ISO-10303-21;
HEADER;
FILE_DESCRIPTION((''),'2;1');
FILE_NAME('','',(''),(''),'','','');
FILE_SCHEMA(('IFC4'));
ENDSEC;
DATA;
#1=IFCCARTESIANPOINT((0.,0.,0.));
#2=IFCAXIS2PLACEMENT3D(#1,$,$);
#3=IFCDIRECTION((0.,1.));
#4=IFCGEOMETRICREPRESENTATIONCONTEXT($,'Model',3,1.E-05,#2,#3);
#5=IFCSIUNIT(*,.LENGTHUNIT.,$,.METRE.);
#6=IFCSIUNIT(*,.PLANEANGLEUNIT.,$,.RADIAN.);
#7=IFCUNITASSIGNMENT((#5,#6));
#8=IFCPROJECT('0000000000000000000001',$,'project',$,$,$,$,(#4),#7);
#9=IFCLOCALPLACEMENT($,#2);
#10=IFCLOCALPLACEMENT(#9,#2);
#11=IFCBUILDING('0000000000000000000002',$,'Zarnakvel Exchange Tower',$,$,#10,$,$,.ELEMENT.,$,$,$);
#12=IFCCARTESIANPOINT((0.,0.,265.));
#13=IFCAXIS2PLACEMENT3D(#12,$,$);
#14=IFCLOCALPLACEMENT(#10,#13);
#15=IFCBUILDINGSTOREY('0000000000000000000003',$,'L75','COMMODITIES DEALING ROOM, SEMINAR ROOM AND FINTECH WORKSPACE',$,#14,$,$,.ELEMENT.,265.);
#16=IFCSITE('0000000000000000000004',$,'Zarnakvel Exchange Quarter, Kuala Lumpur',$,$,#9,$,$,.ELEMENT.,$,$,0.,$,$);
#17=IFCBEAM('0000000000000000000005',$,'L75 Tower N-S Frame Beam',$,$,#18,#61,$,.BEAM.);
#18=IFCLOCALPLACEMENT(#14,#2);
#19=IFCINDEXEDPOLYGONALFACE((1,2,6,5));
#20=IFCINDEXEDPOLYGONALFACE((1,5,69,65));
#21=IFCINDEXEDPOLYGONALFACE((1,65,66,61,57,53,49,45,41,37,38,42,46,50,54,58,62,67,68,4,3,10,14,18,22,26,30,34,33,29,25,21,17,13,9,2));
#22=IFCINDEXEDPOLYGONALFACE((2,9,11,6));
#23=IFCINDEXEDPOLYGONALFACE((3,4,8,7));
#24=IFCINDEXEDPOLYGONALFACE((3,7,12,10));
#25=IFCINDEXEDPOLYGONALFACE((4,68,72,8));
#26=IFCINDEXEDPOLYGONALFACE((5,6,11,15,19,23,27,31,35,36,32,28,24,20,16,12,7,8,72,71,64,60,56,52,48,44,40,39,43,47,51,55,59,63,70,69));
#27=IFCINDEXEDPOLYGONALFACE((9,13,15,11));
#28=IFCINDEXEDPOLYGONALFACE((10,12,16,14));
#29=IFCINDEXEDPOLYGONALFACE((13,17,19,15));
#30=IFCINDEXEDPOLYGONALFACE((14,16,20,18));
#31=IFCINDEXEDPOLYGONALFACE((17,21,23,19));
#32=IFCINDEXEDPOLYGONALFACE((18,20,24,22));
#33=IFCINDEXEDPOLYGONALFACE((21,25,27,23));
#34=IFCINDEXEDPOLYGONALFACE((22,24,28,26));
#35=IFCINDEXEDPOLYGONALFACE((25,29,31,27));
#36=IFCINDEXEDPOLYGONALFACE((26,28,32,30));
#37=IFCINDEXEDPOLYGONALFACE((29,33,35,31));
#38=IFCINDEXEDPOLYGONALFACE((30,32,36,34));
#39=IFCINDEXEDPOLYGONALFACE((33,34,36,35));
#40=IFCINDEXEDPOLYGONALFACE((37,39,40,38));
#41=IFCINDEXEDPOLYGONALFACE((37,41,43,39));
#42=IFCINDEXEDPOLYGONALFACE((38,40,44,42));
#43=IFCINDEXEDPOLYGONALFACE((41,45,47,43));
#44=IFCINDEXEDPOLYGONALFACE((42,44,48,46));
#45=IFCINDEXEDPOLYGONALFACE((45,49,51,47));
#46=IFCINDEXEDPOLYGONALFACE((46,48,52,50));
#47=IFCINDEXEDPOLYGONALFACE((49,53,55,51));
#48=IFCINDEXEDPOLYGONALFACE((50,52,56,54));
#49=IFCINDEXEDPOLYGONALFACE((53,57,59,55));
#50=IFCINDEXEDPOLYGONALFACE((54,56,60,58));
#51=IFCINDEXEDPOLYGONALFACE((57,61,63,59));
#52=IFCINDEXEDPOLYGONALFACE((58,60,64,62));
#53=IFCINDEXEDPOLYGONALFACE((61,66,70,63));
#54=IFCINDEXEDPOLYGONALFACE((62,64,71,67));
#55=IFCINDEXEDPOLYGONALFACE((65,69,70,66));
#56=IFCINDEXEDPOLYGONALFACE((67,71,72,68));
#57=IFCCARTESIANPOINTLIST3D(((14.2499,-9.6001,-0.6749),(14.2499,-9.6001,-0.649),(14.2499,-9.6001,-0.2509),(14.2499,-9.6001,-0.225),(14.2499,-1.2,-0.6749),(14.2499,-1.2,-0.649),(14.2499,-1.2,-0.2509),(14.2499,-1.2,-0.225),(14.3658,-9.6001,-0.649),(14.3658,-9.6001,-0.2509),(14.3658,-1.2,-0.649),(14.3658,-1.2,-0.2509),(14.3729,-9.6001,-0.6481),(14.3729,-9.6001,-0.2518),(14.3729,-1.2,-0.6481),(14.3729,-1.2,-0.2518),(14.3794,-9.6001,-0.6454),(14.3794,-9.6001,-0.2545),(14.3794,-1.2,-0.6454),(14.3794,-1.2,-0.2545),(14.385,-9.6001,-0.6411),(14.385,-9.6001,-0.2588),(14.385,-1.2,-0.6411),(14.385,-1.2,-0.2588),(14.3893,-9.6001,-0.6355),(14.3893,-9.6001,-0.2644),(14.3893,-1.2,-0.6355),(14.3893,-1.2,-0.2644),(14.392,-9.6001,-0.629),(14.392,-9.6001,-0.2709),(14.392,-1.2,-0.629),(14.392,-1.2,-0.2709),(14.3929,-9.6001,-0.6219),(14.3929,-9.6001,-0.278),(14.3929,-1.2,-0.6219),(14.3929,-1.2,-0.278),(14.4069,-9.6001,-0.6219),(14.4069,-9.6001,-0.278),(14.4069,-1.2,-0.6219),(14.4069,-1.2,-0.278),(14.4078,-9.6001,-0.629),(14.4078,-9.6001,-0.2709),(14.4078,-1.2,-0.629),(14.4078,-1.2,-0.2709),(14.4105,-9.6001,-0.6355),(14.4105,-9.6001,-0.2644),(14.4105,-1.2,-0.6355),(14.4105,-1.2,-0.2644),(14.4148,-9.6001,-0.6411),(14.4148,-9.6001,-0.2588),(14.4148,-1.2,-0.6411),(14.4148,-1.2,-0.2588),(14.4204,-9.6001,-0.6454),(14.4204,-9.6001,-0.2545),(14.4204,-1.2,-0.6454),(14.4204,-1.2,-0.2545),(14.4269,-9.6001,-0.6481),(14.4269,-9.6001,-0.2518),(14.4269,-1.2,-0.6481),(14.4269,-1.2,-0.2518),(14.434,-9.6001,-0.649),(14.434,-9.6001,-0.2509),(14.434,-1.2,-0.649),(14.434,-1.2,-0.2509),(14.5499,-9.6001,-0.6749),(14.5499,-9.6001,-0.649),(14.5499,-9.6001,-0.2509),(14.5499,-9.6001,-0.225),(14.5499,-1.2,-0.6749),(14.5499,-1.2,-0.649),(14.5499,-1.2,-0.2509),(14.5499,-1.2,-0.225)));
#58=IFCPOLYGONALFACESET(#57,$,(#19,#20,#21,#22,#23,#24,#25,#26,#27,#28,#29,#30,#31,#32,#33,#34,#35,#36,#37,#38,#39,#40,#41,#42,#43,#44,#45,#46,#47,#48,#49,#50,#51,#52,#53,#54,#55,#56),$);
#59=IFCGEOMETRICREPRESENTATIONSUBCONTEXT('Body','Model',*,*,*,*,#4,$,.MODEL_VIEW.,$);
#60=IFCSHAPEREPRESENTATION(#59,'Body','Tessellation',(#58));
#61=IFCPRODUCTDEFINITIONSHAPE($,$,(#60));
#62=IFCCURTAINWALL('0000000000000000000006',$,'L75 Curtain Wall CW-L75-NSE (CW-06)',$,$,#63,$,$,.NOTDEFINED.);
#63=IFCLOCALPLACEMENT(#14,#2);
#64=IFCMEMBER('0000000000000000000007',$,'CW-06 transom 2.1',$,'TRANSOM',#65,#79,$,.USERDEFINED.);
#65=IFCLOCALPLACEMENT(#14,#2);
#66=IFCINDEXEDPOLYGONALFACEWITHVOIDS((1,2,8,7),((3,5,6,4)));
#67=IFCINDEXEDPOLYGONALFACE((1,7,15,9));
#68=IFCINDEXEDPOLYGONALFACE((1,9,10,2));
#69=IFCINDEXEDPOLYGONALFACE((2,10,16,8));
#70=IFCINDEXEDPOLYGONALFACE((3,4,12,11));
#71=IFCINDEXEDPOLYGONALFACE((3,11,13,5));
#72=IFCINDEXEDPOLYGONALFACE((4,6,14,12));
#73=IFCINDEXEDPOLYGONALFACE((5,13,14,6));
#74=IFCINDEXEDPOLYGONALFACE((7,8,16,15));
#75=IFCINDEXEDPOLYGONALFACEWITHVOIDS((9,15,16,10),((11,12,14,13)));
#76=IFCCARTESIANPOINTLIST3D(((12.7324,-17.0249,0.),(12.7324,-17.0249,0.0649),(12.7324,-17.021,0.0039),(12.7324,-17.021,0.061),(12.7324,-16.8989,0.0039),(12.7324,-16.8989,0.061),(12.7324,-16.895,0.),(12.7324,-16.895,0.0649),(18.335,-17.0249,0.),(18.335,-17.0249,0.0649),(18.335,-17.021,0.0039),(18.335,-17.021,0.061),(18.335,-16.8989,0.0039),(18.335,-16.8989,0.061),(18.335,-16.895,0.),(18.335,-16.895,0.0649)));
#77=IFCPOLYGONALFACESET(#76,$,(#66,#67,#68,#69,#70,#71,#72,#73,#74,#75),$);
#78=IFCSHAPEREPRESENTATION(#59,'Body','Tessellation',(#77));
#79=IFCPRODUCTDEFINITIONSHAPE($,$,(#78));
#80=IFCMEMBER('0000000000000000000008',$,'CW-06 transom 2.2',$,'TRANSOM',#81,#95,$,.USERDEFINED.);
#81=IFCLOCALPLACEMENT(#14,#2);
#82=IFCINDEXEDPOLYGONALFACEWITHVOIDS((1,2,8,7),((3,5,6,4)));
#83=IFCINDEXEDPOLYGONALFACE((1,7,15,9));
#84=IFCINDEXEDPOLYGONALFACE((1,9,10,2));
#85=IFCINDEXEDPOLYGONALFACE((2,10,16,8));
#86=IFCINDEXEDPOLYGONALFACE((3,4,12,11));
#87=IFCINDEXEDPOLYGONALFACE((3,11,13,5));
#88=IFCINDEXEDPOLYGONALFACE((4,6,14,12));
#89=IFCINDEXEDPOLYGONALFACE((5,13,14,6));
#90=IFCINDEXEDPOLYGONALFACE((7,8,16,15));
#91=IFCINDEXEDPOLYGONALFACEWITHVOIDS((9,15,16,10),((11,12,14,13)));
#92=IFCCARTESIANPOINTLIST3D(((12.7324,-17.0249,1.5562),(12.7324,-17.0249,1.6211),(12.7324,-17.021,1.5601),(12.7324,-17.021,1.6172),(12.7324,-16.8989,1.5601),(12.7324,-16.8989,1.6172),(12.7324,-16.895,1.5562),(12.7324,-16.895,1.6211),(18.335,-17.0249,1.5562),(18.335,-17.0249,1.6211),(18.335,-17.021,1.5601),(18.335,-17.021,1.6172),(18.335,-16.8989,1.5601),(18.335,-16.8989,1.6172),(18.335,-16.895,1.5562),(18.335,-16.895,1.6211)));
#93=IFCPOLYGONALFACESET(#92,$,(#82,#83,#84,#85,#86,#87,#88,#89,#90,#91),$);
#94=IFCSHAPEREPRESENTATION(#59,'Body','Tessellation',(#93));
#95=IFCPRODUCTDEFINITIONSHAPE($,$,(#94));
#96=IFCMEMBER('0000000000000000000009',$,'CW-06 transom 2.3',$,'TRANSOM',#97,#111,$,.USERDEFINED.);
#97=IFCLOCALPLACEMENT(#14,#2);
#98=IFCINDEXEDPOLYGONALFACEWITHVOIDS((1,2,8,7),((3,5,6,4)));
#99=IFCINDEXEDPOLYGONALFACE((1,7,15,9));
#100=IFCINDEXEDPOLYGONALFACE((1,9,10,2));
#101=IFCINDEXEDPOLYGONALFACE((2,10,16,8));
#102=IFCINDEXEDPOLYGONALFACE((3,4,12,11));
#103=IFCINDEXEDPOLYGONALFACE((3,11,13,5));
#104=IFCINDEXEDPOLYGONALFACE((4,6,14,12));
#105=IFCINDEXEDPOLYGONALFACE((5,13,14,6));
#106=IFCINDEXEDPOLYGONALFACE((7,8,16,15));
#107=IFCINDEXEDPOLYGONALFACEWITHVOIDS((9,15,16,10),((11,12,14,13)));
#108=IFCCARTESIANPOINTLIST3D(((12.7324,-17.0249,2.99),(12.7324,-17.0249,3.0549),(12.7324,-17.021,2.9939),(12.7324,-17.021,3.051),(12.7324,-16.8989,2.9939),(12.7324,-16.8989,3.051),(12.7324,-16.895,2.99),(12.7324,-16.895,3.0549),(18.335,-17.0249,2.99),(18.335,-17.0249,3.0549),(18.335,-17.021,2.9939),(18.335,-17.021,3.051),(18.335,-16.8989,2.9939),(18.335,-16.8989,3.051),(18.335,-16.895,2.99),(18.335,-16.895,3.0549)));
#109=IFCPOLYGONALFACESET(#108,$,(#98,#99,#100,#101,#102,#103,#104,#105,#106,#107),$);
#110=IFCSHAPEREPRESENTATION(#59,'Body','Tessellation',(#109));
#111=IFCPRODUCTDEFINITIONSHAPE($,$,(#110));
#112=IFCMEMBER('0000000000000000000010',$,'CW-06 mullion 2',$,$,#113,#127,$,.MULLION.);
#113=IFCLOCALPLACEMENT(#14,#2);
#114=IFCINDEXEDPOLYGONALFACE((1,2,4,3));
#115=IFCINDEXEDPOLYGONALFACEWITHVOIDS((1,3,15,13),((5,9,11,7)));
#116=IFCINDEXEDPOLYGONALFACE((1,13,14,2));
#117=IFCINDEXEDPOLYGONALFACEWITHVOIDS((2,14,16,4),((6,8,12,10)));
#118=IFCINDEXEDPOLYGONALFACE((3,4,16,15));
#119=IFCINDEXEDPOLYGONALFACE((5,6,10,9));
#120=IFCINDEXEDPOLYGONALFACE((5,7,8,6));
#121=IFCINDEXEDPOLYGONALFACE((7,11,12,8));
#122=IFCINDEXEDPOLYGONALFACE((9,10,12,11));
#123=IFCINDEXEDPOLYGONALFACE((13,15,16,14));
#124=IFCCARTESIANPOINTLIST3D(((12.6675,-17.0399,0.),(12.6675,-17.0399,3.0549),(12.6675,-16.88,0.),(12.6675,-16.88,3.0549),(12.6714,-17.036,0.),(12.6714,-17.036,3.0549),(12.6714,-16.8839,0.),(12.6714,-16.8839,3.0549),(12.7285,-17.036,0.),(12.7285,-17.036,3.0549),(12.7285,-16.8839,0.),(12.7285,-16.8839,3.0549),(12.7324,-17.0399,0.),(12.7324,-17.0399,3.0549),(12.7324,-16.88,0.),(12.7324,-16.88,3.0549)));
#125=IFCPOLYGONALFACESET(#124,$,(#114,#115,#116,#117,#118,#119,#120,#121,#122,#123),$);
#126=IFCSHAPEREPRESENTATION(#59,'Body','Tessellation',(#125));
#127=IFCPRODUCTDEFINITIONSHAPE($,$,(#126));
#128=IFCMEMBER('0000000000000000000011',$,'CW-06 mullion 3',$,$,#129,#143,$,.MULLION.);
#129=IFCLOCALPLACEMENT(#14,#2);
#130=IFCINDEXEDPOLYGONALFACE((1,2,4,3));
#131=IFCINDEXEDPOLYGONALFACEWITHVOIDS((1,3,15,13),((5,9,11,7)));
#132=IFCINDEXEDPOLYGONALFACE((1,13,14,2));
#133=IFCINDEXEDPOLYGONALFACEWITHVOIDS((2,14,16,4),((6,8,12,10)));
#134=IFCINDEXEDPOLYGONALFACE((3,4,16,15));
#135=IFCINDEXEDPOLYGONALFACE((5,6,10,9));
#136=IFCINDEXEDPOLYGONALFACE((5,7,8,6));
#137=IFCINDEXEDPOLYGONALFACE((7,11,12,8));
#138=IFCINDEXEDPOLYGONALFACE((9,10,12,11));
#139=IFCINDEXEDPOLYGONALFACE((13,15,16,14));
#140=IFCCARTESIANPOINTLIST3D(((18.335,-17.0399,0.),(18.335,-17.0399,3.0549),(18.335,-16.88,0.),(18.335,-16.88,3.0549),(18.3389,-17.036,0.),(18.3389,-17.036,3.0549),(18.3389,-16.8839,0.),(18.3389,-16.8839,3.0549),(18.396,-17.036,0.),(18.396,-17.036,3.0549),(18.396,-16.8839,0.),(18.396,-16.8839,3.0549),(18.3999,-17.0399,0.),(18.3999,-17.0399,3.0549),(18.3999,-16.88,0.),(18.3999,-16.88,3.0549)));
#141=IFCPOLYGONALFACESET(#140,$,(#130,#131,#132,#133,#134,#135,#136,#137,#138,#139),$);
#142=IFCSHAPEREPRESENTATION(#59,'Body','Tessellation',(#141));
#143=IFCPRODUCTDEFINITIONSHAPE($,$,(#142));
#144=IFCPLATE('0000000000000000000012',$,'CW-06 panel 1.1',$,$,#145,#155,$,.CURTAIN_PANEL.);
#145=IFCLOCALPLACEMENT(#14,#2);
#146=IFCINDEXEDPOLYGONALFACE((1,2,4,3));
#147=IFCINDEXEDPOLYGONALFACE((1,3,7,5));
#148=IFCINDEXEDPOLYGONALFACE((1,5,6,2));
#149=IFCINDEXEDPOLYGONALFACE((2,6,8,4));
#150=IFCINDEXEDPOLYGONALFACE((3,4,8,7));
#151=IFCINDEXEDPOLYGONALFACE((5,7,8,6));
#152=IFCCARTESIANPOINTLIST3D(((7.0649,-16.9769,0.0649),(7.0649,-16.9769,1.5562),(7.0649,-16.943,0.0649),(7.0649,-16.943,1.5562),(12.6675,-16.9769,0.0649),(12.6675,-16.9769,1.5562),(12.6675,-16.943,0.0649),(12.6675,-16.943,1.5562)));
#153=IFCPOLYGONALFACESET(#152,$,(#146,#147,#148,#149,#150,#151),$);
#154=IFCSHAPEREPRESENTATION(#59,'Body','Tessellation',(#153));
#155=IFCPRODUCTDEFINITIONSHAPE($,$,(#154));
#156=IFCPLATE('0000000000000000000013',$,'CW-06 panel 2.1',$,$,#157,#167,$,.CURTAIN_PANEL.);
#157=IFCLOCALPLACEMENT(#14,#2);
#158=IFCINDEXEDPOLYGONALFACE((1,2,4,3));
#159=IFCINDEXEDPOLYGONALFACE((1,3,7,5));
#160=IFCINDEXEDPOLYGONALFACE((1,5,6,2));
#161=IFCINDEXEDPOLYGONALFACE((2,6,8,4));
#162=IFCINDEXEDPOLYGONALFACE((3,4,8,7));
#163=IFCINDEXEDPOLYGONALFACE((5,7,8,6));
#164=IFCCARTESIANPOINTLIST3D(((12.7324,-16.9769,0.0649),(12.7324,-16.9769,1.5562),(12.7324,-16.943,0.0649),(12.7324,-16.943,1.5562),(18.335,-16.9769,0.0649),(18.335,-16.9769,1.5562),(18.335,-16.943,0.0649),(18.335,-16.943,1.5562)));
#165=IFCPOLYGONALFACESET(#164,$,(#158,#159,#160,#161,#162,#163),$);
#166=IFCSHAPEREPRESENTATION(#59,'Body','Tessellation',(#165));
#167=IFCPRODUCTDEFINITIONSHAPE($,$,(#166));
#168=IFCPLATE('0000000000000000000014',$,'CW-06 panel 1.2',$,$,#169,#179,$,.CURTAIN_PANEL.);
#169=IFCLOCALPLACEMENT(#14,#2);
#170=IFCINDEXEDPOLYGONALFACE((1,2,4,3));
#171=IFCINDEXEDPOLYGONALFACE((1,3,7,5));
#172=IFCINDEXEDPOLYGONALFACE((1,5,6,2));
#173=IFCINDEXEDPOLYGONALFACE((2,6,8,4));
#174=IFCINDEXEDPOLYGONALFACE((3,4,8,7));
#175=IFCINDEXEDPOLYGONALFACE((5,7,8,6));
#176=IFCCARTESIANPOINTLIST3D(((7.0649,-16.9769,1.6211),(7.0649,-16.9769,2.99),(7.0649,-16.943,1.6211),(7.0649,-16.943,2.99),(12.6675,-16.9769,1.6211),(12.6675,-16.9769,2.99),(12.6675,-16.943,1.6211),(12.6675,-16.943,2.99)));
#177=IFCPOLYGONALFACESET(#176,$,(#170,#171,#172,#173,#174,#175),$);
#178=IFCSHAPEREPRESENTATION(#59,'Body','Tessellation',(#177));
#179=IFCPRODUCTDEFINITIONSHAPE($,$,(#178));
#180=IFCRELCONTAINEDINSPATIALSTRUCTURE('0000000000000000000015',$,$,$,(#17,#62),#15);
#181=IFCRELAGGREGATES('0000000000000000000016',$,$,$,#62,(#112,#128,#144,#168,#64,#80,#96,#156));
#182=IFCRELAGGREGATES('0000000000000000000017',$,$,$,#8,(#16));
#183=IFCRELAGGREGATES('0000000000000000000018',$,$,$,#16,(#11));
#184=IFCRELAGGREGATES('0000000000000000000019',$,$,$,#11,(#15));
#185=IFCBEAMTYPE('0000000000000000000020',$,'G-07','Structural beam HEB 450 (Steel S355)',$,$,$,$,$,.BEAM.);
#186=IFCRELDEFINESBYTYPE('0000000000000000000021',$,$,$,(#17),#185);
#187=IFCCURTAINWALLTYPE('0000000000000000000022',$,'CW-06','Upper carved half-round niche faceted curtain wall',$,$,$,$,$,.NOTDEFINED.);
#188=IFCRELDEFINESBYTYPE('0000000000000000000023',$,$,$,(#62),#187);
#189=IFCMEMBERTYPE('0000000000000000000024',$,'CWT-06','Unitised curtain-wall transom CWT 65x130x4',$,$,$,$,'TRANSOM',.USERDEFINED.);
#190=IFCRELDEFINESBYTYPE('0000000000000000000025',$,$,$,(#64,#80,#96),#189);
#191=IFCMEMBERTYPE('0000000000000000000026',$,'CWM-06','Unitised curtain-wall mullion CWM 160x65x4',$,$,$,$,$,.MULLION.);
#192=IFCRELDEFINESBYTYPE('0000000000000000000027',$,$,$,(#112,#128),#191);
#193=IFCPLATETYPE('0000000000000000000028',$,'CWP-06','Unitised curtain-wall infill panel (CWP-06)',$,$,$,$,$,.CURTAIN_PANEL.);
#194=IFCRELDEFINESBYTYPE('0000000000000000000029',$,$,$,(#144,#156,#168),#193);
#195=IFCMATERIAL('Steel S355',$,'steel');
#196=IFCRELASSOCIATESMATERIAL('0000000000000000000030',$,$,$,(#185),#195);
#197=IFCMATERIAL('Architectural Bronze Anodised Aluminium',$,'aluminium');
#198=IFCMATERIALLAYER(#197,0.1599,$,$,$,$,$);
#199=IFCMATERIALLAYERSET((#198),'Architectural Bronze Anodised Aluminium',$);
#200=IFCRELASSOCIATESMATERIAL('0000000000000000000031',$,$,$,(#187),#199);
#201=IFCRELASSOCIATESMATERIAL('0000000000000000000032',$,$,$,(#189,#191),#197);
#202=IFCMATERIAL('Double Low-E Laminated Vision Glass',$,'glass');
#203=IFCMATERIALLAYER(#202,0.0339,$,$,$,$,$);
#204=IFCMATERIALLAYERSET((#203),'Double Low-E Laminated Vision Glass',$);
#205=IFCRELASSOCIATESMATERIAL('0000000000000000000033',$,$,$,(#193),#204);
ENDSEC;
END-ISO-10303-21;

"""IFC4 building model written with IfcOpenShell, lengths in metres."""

from ifc_helpers import new_model, si_unit, direction, frame, origin, origin_2d, place, context, subcontext, project, spatial, rectangle, hollow_rectangle, i_section, extrude, source, transform, mapped, material, layer, layer_set, material_profile, profile_set, type_object, element, aggregate, save


model = new_model("IFC4")

# Units and contexts
model_context = context("Model", 3, precision=1e-05, world=origin(), true_north=direction((0.0, 1.0)))
body_context = subcontext(model_context, "Body", "Model", "MODEL_VIEW")
ifc_project = project(units=[si_unit("LENGTHUNIT", "METRE"), si_unit("PLANEANGLEUNIT", "RADIAN")], contexts=[model_context])

# Site, building, storey
site_placement = place(None, origin())
site = spatial("IfcSite", under=ifc_project, at=site_placement, Name="Zarnakvel Exchange Quarter, Kuala Lumpur", CompositionType="ELEMENT", RefElevation=0.0)
building_placement = place(site_placement, origin())
building = spatial("IfcBuilding", under=site, at=building_placement, Name="Zarnakvel Exchange Tower", CompositionType="ELEMENT")
storey_placement = place(building_placement, frame((0.0, 0.0, 265.0)))
storey = spatial("IfcBuildingStorey", under=building, at=storey_placement, Name="L75", Description="COMMODITIES DEALING ROOM, SEMINAR ROOM AND FINTECH WORKSPACE", CompositionType="ELEMENT", Elevation=265.0)

# Shared definitions
ifc_material_1 = material(Name="Steel S355", Category="steel")

# Beam
ifc_material_profile_1 = material_profile(ifc_material_1, i_section(OverallWidth=0.3, OverallDepth=0.45, WebThickness=0.0139, FlangeThickness=0.0259, FilletRadius=0.0271, at=origin_2d()))
ifc_profile_set_1 = profile_set([ifc_material_profile_1], Name="Steel S355")
beam_type = type_object("IfcBeamType", Name="G-07", Description="Structural beam HEB 450 (Steel S355)", PredefinedType="BEAM", material=ifc_profile_set_1)
beam_1_placement = place(storey_placement, frame((14.3999, -9.6001, -0.45), z_axis=(0.0, 1.0, 0.0), x_axis=(-1.0, 0.0, 0.0)))
element("IfcBeam", 1, at=beam_1_placement, inside=storey, type_object=beam_type, Name="L75 Tower N-S Frame Beam", PredefinedType="BEAM", context=body_context, shape_type="SweptSolid", body=[
    extrude(i_section(OverallWidth=0.3, OverallDepth=0.45, WebThickness=0.0139, FlangeThickness=0.0259, FilletRadius=0.0271, at=origin_2d()), origin(), (0.0, 0.0, 1.0), 8.4001),
])

# Curtain wall, members, plates
ifc_material_2 = material(Name="Architectural Bronze Anodised Aluminium", Category="aluminium")
ifc_layer_1 = layer(ifc_material_2, 0.1599)
ifc_layer_set_1 = layer_set([ifc_layer_1], Name="Architectural Bronze Anodised Aluminium")
curtain_wall_type = type_object("IfcCurtainWallType", Name="CW-06", Description="Upper carved half-round niche faceted curtain wall", PredefinedType="NOTDEFINED", material=ifc_layer_set_1)
curtain_wall_placement = place(storey_placement, origin())
curtain_wall = element("IfcCurtainWall", 2, at=curtain_wall_placement, inside=storey, type_object=curtain_wall_type, Name="L75 Curtain Wall CW-L75-NSE (CW-06)", PredefinedType="NOTDEFINED")
ifc_material_profile_2 = material_profile(ifc_material_2, hollow_rectangle(XDim=0.1299, YDim=0.0649, WallThickness=0.0039, at=origin_2d()))
ifc_profile_set_2 = profile_set([ifc_material_profile_2], Name="Architectural Bronze Anodised Aluminium")
member_type_1 = type_object("IfcMemberType", Name="CWT-06", Description="Unitised curtain-wall transom CWT 65x130x4", ElementType="TRANSOM", PredefinedType="USERDEFINED", material=ifc_profile_set_2)
shared_shape_1 = source(origin(), body_context, "Body", "SweptSolid", [
    extrude(hollow_rectangle(XDim=0.1299, YDim=0.0649, WallThickness=0.0039, at=origin_2d()), origin(), (0.0, 0.0, 1.0), 5.6025),
])
member_1_placement = place(storey_placement, frame((12.7324, -16.96, 0.0325), z_axis=(1.0, 0.0, 0.0), x_axis=(0.0, 1.0, 0.0)))
member_1 = element("IfcMember", 3, at=member_1_placement, type_object=member_type_1, Name="CW-06 transom 2.1", ObjectType="TRANSOM", PredefinedType="USERDEFINED", context=body_context, shape_type="MappedRepresentation", body=[
    mapped(shared_shape_1, transform((0.0, 0.0, 0.0), x_axis=(1.0, 0.0, 0.0), y_axis=(0.0, 1.0, 0.0), z_axis=(0.0, 0.0, 1.0), scale=1.0)),
])
member_2_placement = place(storey_placement, frame((12.7324, -16.96, 1.5886), z_axis=(1.0, 0.0, 0.0), x_axis=(0.0, 1.0, 0.0)))
member_2 = element("IfcMember", 4, at=member_2_placement, type_object=member_type_1, Name="CW-06 transom 2.2", ObjectType="TRANSOM", PredefinedType="USERDEFINED", context=body_context, shape_type="MappedRepresentation", body=[
    mapped(shared_shape_1, transform((0.0, 0.0, 0.0), x_axis=(1.0, 0.0, 0.0), y_axis=(0.0, 1.0, 0.0), z_axis=(0.0, 0.0, 1.0), scale=1.0)),
])
member_3_placement = place(storey_placement, frame((12.7324, -16.96, 3.0225), z_axis=(1.0, 0.0, 0.0), x_axis=(0.0, 1.0, 0.0)))
member_3 = element("IfcMember", 5, at=member_3_placement, type_object=member_type_1, Name="CW-06 transom 2.3", ObjectType="TRANSOM", PredefinedType="USERDEFINED", context=body_context, shape_type="MappedRepresentation", body=[
    mapped(shared_shape_1, transform((0.0, 0.0, 0.0), x_axis=(1.0, 0.0, 0.0), y_axis=(0.0, 1.0, 0.0), z_axis=(0.0, 0.0, 1.0), scale=1.0)),
])
ifc_material_profile_3 = material_profile(ifc_material_2, hollow_rectangle(XDim=0.1599, YDim=0.0649, WallThickness=0.0039, at=origin_2d()))
ifc_profile_set_3 = profile_set([ifc_material_profile_3], Name="Architectural Bronze Anodised Aluminium")
member_type_2 = type_object("IfcMemberType", Name="CWM-06", Description="Unitised curtain-wall mullion CWM 160x65x4", PredefinedType="MULLION", material=ifc_profile_set_3)
shared_shape_2 = source(origin(), body_context, "Body", "SweptSolid", [
    extrude(hollow_rectangle(XDim=0.1599, YDim=0.0649, WallThickness=0.0039, at=origin_2d()), origin(), (0.0, 0.0, 1.0), 3.0549),
])
member_4_placement = place(storey_placement, frame((12.7, -16.96, 0.0), z_axis=(0.0, 0.0, 1.0), x_axis=(0.0, 1.0, 0.0)))
member_4 = element("IfcMember", 6, at=member_4_placement, type_object=member_type_2, Name="CW-06 mullion 2", PredefinedType="MULLION", context=body_context, shape_type="MappedRepresentation", body=[
    mapped(shared_shape_2, transform((0.0, 0.0, 0.0), x_axis=(1.0, 0.0, 0.0), y_axis=(0.0, 1.0, 0.0), z_axis=(0.0, 0.0, 1.0), scale=1.0)),
])
member_5_placement = place(storey_placement, frame((18.3674, -16.96, 0.0), z_axis=(0.0, 0.0, 1.0), x_axis=(0.0, 1.0, 0.0)))
member_5 = element("IfcMember", 7, at=member_5_placement, type_object=member_type_2, Name="CW-06 mullion 3", PredefinedType="MULLION", context=body_context, shape_type="MappedRepresentation", body=[
    mapped(shared_shape_2, transform((0.0, 0.0, 0.0), x_axis=(1.0, 0.0, 0.0), y_axis=(0.0, 1.0, 0.0), z_axis=(0.0, 0.0, 1.0), scale=1.0)),
])
ifc_material_3 = material(Name="Double Low-E Laminated Vision Glass", Category="glass")
ifc_layer_2 = layer(ifc_material_3, 0.0339)
ifc_layer_set_2 = layer_set([ifc_layer_2], Name="Double Low-E Laminated Vision Glass")
plate_type = type_object("IfcPlateType", Name="CWP-06", Description="Unitised curtain-wall infill panel (CWP-06)", PredefinedType="CURTAIN_PANEL", material=ifc_layer_set_2)
shared_shape_3 = source(origin(), body_context, "Body", "SweptSolid", [
    extrude(rectangle(XDim=5.6025, YDim=0.0339, at=origin_2d()), origin(), (0.0, 0.0, 1.0), 1.4912),
])
plate_1_placement = place(storey_placement, frame((9.8662, -16.96, 0.0649), z_axis=(0.0, 0.0, 1.0), x_axis=(1.0, 0.0, 0.0)))
plate_1 = element("IfcPlate", 8, at=plate_1_placement, type_object=plate_type, Name="CW-06 panel 1.1", PredefinedType="CURTAIN_PANEL", context=body_context, shape_type="MappedRepresentation", body=[
    mapped(shared_shape_3, transform((0.0, 0.0, 0.0), x_axis=(1.0, 0.0, 0.0), y_axis=(0.0, 1.0, 0.0), z_axis=(0.0, 0.0, 1.0), scale=1.0)),
])
plate_2_placement = place(storey_placement, frame((15.5337, -16.96, 0.0649), z_axis=(0.0, 0.0, 1.0), x_axis=(1.0, 0.0, 0.0)))
plate_2 = element("IfcPlate", 9, at=plate_2_placement, type_object=plate_type, Name="CW-06 panel 2.1", PredefinedType="CURTAIN_PANEL", context=body_context, shape_type="MappedRepresentation", body=[
    mapped(shared_shape_3, transform((0.0, 0.0, 0.0), x_axis=(1.0, 0.0, 0.0), y_axis=(0.0, 1.0, 0.0), z_axis=(0.0, 0.0, 1.0), scale=1.0)),
])
shared_shape_4 = source(origin(), body_context, "Body", "SweptSolid", [
    extrude(rectangle(XDim=5.6025, YDim=0.0339, at=origin_2d()), origin(), (0.0, 0.0, 1.0), 1.3689),
])
plate_3_placement = place(storey_placement, frame((9.8662, -16.96, 1.6211), z_axis=(0.0, 0.0, 1.0), x_axis=(1.0, 0.0, 0.0)))
plate_3 = element("IfcPlate", 10, at=plate_3_placement, type_object=plate_type, Name="CW-06 panel 1.2", PredefinedType="CURTAIN_PANEL", context=body_context, shape_type="MappedRepresentation", body=[
    mapped(shared_shape_4, transform((0.0, 0.0, 0.0), x_axis=(1.0, 0.0, 0.0), y_axis=(0.0, 1.0, 0.0), z_axis=(0.0, 0.0, 1.0), scale=1.0)),
])
aggregate(curtain_wall, [member_4, member_5, plate_1, plate_3, member_1, member_2, member_3, plate_2])

save(model, "model.ifc")
